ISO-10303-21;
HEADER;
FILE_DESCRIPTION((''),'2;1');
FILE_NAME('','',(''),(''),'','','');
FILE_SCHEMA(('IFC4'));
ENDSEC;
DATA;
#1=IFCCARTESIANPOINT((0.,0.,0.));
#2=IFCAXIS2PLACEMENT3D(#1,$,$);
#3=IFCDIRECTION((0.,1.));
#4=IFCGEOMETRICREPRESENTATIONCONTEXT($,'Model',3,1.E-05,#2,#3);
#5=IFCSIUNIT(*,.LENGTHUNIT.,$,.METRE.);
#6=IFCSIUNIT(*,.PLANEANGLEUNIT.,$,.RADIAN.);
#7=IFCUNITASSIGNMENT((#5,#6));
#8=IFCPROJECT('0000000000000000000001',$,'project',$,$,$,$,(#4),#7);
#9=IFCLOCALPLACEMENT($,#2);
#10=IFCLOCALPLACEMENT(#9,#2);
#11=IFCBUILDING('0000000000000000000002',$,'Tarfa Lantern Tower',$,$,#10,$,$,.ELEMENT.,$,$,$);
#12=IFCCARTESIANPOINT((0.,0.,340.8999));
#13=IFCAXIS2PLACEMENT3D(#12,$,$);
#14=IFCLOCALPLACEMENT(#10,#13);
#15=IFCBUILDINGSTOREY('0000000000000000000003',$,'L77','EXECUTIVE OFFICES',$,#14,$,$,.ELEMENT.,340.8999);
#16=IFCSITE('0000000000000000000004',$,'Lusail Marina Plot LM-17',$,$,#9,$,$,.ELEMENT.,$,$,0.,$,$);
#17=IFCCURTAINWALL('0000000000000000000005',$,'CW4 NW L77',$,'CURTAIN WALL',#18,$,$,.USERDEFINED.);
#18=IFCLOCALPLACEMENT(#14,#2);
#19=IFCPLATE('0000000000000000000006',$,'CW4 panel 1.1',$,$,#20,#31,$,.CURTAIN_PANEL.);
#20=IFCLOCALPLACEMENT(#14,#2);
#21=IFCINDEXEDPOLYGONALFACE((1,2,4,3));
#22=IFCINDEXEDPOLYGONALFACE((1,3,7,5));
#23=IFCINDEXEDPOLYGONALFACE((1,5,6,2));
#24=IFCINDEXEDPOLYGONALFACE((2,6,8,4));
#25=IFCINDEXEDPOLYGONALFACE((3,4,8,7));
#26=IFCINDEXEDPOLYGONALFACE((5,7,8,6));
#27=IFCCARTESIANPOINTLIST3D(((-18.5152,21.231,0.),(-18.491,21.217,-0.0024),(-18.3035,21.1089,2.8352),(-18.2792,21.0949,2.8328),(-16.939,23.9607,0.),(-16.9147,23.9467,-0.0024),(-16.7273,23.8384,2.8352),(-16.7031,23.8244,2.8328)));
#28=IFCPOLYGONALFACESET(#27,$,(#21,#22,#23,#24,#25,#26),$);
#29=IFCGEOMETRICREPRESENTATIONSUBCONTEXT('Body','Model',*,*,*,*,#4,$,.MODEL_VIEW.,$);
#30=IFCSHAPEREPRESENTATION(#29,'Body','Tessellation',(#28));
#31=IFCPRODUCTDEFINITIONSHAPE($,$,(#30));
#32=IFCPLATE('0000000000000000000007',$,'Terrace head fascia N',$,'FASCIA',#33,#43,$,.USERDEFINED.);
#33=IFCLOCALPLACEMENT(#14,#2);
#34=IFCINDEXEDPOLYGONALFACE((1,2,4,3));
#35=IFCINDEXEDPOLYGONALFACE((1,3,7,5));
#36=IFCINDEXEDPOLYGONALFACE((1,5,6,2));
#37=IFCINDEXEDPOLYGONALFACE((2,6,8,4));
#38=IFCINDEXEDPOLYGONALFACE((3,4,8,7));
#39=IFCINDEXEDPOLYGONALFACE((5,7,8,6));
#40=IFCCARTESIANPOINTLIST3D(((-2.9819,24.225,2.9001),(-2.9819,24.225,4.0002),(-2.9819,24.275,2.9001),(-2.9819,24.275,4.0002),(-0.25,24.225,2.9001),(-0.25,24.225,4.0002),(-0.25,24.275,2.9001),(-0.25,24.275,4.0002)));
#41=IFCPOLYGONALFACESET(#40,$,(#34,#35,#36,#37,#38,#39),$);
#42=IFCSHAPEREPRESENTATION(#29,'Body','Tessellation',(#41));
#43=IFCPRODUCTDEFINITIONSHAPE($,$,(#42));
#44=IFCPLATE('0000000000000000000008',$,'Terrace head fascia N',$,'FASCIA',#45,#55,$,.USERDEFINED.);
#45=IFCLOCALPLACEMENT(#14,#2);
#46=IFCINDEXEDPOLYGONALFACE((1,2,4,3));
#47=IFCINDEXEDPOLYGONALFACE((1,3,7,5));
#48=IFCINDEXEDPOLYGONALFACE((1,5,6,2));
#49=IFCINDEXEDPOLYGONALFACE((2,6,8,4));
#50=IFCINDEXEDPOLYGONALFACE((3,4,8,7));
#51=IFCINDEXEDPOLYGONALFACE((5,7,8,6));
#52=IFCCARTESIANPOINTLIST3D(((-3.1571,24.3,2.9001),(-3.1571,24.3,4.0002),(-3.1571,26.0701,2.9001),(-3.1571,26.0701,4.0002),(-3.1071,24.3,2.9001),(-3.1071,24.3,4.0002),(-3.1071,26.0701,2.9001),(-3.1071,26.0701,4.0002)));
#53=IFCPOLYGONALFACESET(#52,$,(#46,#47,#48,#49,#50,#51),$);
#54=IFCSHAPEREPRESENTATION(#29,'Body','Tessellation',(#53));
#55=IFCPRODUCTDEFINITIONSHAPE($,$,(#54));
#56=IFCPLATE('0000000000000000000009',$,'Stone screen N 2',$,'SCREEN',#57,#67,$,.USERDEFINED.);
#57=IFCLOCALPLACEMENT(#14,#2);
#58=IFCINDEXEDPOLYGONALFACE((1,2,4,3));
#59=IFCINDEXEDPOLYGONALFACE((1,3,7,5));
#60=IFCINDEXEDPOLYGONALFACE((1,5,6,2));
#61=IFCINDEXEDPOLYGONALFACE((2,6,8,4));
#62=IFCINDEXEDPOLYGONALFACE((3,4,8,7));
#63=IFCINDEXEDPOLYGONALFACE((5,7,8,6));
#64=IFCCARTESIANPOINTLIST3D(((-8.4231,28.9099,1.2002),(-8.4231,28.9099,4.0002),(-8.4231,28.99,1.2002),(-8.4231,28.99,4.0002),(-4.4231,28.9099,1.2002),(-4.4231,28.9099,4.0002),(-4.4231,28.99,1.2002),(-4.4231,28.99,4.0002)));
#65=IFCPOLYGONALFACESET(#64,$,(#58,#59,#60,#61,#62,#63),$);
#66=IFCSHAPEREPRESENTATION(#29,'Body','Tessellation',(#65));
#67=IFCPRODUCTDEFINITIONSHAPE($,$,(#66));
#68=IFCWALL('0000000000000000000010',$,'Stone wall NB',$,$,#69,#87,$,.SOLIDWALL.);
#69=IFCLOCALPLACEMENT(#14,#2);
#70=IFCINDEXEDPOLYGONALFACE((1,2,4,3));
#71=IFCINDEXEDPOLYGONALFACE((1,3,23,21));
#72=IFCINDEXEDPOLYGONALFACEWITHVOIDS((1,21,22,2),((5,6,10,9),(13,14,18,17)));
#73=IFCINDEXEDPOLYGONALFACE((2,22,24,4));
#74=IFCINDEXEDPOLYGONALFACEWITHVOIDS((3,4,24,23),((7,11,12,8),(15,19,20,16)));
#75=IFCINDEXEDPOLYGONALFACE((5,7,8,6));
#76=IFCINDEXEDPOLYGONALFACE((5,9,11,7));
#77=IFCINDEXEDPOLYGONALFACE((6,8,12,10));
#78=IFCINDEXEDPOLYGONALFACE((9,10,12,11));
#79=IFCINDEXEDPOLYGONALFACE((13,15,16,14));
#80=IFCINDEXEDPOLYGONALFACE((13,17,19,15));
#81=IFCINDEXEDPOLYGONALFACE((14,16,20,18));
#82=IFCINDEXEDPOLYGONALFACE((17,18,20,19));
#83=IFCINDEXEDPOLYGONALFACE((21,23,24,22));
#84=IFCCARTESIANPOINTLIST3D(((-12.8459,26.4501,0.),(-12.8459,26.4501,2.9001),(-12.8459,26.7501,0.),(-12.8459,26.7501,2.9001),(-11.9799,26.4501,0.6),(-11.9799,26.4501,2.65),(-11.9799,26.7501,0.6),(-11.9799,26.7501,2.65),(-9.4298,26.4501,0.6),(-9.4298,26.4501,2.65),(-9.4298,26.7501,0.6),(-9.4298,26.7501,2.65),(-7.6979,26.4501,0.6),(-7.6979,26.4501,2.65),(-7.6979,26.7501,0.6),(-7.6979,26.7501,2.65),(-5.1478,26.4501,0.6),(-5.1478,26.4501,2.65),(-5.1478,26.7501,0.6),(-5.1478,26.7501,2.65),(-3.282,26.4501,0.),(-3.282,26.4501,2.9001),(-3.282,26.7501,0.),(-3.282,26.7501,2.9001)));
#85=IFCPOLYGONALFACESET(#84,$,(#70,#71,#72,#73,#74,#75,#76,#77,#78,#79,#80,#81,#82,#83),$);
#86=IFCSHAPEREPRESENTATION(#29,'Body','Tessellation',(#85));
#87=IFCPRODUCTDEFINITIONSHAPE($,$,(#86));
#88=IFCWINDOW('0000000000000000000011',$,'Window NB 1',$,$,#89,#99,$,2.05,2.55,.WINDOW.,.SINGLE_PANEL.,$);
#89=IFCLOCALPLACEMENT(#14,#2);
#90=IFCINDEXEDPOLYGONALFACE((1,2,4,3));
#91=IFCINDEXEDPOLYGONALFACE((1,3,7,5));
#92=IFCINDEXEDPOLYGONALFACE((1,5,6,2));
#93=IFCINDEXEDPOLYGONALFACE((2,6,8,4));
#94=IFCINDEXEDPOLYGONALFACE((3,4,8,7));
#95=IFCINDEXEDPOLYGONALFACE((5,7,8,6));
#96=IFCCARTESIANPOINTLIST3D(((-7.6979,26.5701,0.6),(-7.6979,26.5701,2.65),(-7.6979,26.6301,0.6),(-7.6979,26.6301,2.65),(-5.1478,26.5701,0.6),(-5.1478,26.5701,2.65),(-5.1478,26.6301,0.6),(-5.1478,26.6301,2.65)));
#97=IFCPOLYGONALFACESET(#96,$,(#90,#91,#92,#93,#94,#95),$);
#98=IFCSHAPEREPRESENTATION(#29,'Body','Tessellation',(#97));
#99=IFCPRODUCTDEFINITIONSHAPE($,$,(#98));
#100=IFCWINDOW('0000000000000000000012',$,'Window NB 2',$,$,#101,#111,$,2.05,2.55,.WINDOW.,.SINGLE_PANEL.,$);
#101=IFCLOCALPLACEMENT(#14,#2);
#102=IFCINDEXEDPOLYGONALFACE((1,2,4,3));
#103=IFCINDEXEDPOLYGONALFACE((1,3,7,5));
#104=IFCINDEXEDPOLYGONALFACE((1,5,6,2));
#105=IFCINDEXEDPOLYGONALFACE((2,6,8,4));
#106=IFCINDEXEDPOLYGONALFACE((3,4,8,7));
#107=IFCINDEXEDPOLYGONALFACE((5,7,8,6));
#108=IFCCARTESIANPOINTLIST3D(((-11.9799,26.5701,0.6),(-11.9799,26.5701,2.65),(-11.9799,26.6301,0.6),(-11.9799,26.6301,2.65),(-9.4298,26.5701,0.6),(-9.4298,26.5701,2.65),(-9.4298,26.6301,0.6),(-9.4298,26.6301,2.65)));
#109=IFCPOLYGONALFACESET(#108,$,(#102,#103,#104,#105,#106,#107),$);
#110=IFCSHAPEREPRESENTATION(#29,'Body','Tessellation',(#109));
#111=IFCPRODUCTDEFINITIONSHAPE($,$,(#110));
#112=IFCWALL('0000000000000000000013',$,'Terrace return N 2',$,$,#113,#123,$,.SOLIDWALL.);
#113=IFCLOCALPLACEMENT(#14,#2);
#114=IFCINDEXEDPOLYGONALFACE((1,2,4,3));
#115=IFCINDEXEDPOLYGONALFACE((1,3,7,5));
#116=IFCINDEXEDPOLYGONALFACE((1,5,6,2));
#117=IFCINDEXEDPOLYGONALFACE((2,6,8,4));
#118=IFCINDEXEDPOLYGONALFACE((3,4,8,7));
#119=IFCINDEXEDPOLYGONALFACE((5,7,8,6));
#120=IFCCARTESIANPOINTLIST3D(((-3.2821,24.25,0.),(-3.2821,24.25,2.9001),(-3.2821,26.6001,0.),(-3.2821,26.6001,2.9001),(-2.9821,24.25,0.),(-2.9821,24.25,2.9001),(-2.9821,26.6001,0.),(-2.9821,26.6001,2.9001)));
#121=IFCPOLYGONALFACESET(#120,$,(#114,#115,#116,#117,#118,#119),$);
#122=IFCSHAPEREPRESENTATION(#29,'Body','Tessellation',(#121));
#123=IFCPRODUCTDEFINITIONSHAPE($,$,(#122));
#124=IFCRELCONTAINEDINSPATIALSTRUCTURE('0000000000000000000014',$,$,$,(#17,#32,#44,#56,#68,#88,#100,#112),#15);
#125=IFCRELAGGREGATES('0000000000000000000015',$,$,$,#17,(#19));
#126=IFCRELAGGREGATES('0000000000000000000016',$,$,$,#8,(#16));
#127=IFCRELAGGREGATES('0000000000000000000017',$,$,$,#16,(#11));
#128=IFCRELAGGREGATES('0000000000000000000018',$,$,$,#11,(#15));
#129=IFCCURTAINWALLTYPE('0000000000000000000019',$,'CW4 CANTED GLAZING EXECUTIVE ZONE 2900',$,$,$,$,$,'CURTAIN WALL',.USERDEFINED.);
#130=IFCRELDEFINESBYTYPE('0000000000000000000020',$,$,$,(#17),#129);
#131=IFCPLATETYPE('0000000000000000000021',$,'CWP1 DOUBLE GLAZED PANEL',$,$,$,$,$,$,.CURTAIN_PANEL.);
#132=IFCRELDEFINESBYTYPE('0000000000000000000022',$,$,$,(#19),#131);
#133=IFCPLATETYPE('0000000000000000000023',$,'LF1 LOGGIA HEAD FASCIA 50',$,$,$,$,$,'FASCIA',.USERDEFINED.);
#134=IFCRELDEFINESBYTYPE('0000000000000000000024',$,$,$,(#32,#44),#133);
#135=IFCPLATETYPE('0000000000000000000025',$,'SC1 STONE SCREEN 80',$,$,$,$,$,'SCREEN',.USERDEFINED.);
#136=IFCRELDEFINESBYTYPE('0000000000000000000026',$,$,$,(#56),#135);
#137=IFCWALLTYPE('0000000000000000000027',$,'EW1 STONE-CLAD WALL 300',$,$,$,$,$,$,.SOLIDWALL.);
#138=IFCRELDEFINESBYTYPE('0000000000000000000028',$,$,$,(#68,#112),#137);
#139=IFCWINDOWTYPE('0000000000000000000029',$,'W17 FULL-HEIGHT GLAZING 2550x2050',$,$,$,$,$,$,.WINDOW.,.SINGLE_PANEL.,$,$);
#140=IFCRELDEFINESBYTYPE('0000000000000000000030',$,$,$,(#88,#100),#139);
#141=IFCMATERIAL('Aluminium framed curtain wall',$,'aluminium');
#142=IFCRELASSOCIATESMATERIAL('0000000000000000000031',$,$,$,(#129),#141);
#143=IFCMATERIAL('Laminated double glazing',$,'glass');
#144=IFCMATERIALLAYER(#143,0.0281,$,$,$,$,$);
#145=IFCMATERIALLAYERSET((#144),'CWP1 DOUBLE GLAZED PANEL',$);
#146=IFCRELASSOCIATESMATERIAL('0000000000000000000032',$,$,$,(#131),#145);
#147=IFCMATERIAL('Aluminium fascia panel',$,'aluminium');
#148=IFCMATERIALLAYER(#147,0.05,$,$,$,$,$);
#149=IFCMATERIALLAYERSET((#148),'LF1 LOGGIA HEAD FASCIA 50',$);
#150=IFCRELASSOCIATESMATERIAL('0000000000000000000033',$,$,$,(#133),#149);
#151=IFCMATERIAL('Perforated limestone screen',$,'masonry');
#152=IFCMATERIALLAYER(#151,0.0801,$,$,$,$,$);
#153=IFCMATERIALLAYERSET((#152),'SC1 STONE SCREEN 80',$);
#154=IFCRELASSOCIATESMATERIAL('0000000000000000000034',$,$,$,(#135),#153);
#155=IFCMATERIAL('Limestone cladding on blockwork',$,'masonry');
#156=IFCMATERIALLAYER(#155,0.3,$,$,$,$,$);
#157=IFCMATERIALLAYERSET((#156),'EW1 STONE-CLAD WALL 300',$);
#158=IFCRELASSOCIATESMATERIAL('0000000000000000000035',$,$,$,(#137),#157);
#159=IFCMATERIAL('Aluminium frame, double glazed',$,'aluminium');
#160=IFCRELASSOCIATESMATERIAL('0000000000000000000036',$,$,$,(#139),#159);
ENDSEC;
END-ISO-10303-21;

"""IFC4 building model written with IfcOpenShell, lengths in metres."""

from ifc_helpers import new_model, si_unit, direction, frame, frame_2d, origin, origin_2d, place, context, subcontext, project, spatial, polyline, rectangle, outline, extrude, material, layer, layer_set, type_object, element, fill, aggregate, save


model = new_model("IFC4")

# Units and contexts
model_context = context("Model", 3, precision=1e-05, world=origin(), true_north=direction((0.0, 1.0)))
body_context = subcontext(model_context, "Body", "Model", "MODEL_VIEW")
ifc_project = project(units=[si_unit("LENGTHUNIT", "METRE"), si_unit("PLANEANGLEUNIT", "RADIAN")], contexts=[model_context])

# Site, building, storey
site_placement = place(None, origin())
site = spatial("IfcSite", under=ifc_project, at=site_placement, Name="Lusail Marina Plot LM-17", CompositionType="ELEMENT", RefElevation=0.0)
building_placement = place(site_placement, origin())
building = spatial("IfcBuilding", under=site, at=building_placement, Name="Tarfa Lantern Tower", CompositionType="ELEMENT")
storey_placement = place(building_placement, frame((0.0, 0.0, 340.8999)))
storey = spatial("IfcBuildingStorey", under=building, at=storey_placement, Name="L77", Description="EXECUTIVE OFFICES", CompositionType="ELEMENT", Elevation=340.8999)

# Curtain wall
ifc_material_1 = material(Name="Aluminium framed curtain wall", Category="aluminium")
curtain_wall_type = type_object("IfcCurtainWallType", Name="CW4 CANTED GLAZING EXECUTIVE ZONE 2900", ElementType="CURTAIN WALL", PredefinedType="USERDEFINED", material=ifc_material_1)
curtain_wall_placement = place(storey_placement, origin())
curtain_wall = element("IfcCurtainWall", 1, at=curtain_wall_placement, inside=storey, type_object=curtain_wall_type, Name="CW4 NW L77", ObjectType="CURTAIN WALL", PredefinedType="USERDEFINED")

# Plate
ifc_material_2 = material(Name="Laminated double glazing", Category="glass")
ifc_layer_1 = layer(ifc_material_2, 0.0281)
ifc_layer_set_1 = layer_set([ifc_layer_1], Name="CWP1 DOUBLE GLAZED PANEL")
plate_type_1 = type_object("IfcPlateType", Name="CWP1 DOUBLE GLAZED PANEL", PredefinedType="CURTAIN_PANEL", material=ifc_layer_set_1)
plate_1_placement = place(storey_placement, frame((-16.939, 23.9607, 0.0), z_axis=(-0.862794, 0.498207, 0.085886), x_axis=(-0.500054, -0.865994, 0.000002)))
plate_1 = element("IfcPlate", 2, at=plate_1_placement, type_object=plate_type_1, Name="CW4 panel 1.1", PredefinedType="CURTAIN_PANEL", context=body_context, shape_type="SweptSolid", body=[
    extrude(outline(polyline([(0.0, 0.0), (3.1521, 0.0), (3.152, 2.8457), (0.0001, 2.8457), (0.0, 0.0)])), origin(), (0.0, 0.0, -1.0), 0.0281),
])
aggregate(curtain_wall, [plate_1])

# Plates
ifc_material_3 = material(Name="Aluminium fascia panel", Category="aluminium")
ifc_layer_2 = layer(ifc_material_3, 0.05)
ifc_layer_set_2 = layer_set([ifc_layer_2], Name="LF1 LOGGIA HEAD FASCIA 50")
plate_type_2 = type_object("IfcPlateType", Name="LF1 LOGGIA HEAD FASCIA 50", ElementType="FASCIA", PredefinedType="USERDEFINED", material=ifc_layer_set_2)
plate_2_placement = place(storey_placement, frame((-1.616, 24.25, 2.9001), z_axis=(0.0, 0.0, 1.0), x_axis=(-1.0, 0.0, 0.0)))
element("IfcPlate", 3, at=plate_2_placement, inside=storey, type_object=plate_type_2, Name="Terrace head fascia N", ObjectType="FASCIA", PredefinedType="USERDEFINED", context=body_context, shape_type="SweptSolid", body=[
    extrude(rectangle(XDim=2.7319, YDim=0.05, at=origin_2d()), origin(), (0.0, 0.0, 1.0), 1.1001),
])
plate_3_placement = place(storey_placement, frame((-3.1321, 25.1851, 2.9001), z_axis=(0.0, 0.0, 1.0), x_axis=(0.0, -1.0, 0.0)))
element("IfcPlate", 4, at=plate_3_placement, inside=storey, type_object=plate_type_2, Name="Terrace head fascia N", ObjectType="FASCIA", PredefinedType="USERDEFINED", context=body_context, shape_type="SweptSolid", body=[
    extrude(rectangle(XDim=1.77, YDim=0.05, at=origin_2d()), origin(), (0.0, 0.0, 1.0), 1.1001),
])
ifc_material_4 = material(Name="Perforated limestone screen", Category="masonry")
ifc_layer_3 = layer(ifc_material_4, 0.0801)
ifc_layer_set_3 = layer_set([ifc_layer_3], Name="SC1 STONE SCREEN 80")
plate_type_3 = type_object("IfcPlateType", Name="SC1 STONE SCREEN 80", ElementType="SCREEN", PredefinedType="USERDEFINED", material=ifc_layer_set_3)
plate_4_placement = place(storey_placement, frame((-6.4231, 28.95, 1.2002), z_axis=(0.0, 0.0, 1.0), x_axis=(-1.0, 0.0, 0.0)))
element("IfcPlate", 5, at=plate_4_placement, inside=storey, type_object=plate_type_3, Name="Stone screen N 2", ObjectType="SCREEN", PredefinedType="USERDEFINED", context=body_context, shape_type="SweptSolid", body=[
    extrude(rectangle(XDim=4.0, YDim=0.0801, at=origin_2d()), origin(), (0.0, 0.0, 1.0), 2.8),
])

# Wall, openings, windows
ifc_material_5 = material(Name="Limestone cladding on blockwork", Category="masonry")
ifc_layer_4 = layer(ifc_material_5, 0.3)
ifc_layer_set_4 = layer_set([ifc_layer_4], Name="EW1 STONE-CLAD WALL 300")
wall_type = type_object("IfcWallType", Name="EW1 STONE-CLAD WALL 300", PredefinedType="SOLIDWALL", material=ifc_layer_set_4)
wall_1_placement = place(storey_placement, frame((-3.282, 26.6001, 0.0), z_axis=(0.0, 0.0, 1.0), x_axis=(-1.0, 0.0, 0.0)))
wall_1 = element("IfcWall", 6, at=wall_1_placement, inside=storey, type_object=wall_type, Name="Stone wall NB", PredefinedType="SOLIDWALL", context=body_context, shape_type="SweptSolid", body=[
    extrude(rectangle(XDim=9.564, YDim=0.3, at=frame_2d((4.782, 0.0))), origin(), (0.0, 0.0, 1.0), 2.9001),
])
opening_1_placement = place(wall_1_placement, frame((1.866, 0.0, 0.6001)))
opening_1 = element("IfcOpeningElement", 7, at=opening_1_placement, cuts=wall_1, PredefinedType="OPENING", context=body_context, shape_type="SweptSolid", body=[
    extrude(rectangle(XDim=2.55, YDim=2.05, at=frame_2d((1.2749, 1.0249))), frame((0.0, 0.1599, 0.0), z_axis=(0.0, -1.0, 0.0), x_axis=(1.0, 0.0, 0.0)), (0.0, 0.0, 1.0), 0.3201),
])
opening_2_placement = place(wall_1_placement, frame((6.1479, 0.0, 0.6001)))
opening_2 = element("IfcOpeningElement", 8, at=opening_2_placement, cuts=wall_1, PredefinedType="OPENING", context=body_context, shape_type="SweptSolid", body=[
    extrude(rectangle(XDim=2.55, YDim=2.05, at=frame_2d((1.2749, 1.0249))), frame((0.0, 0.1599, 0.0), z_axis=(0.0, -1.0, 0.0), x_axis=(1.0, 0.0, 0.0)), (0.0, 0.0, 1.0), 0.3201),
])
ifc_material_6 = material(Name="Aluminium frame, double glazed", Category="aluminium")
window_type = type_object("IfcWindowType", Name="W17 FULL-HEIGHT GLAZING 2550x2050", PartitioningType="SINGLE_PANEL", PredefinedType="WINDOW", material=ifc_material_6)
window_1_placement = place(opening_1_placement, origin())
window_1 = element("IfcWindow", 9, at=window_1_placement, inside=storey, type_object=window_type, Name="Window NB 1", OverallHeight=2.05, OverallWidth=2.55, PartitioningType="SINGLE_PANEL", PredefinedType="WINDOW", context=body_context, shape_type="SweptSolid", body=[
    extrude(rectangle(XDim=2.55, YDim=2.05, at=frame_2d((1.2749, 1.0249))), frame((0.0, 0.03, 0.0), z_axis=(0.0, -1.0, 0.0), x_axis=(1.0, 0.0, 0.0)), (0.0, 0.0, 1.0), 0.0601),
])
fill(opening_1, window_1)
window_2_placement = place(opening_2_placement, origin())
window_2 = element("IfcWindow", 10, at=window_2_placement, inside=storey, type_object=window_type, Name="Window NB 2", OverallHeight=2.05, OverallWidth=2.55, PartitioningType="SINGLE_PANEL", PredefinedType="WINDOW", context=body_context, shape_type="SweptSolid", body=[
    extrude(rectangle(XDim=2.55, YDim=2.05, at=frame_2d((1.2749, 1.0249))), frame((0.0, 0.03, 0.0), z_axis=(0.0, -1.0, 0.0), x_axis=(1.0, 0.0, 0.0)), (0.0, 0.0, 1.0), 0.0601),
])
fill(opening_2, window_2)

# Wall
wall_2_placement = place(storey_placement, frame((-3.1321, 26.6001, 0.0), z_axis=(0.0, 0.0, 1.0), x_axis=(0.0, -1.0, 0.0)))
element("IfcWall", 11, at=wall_2_placement, inside=storey, type_object=wall_type, Name="Terrace return N 2", PredefinedType="SOLIDWALL", context=body_context, shape_type="SweptSolid", body=[
    extrude(rectangle(XDim=2.3501, YDim=0.3, at=frame_2d((1.175, 0.0))), origin(), (0.0, 0.0, 1.0), 2.9001),
])

save(model, "model.ifc")
